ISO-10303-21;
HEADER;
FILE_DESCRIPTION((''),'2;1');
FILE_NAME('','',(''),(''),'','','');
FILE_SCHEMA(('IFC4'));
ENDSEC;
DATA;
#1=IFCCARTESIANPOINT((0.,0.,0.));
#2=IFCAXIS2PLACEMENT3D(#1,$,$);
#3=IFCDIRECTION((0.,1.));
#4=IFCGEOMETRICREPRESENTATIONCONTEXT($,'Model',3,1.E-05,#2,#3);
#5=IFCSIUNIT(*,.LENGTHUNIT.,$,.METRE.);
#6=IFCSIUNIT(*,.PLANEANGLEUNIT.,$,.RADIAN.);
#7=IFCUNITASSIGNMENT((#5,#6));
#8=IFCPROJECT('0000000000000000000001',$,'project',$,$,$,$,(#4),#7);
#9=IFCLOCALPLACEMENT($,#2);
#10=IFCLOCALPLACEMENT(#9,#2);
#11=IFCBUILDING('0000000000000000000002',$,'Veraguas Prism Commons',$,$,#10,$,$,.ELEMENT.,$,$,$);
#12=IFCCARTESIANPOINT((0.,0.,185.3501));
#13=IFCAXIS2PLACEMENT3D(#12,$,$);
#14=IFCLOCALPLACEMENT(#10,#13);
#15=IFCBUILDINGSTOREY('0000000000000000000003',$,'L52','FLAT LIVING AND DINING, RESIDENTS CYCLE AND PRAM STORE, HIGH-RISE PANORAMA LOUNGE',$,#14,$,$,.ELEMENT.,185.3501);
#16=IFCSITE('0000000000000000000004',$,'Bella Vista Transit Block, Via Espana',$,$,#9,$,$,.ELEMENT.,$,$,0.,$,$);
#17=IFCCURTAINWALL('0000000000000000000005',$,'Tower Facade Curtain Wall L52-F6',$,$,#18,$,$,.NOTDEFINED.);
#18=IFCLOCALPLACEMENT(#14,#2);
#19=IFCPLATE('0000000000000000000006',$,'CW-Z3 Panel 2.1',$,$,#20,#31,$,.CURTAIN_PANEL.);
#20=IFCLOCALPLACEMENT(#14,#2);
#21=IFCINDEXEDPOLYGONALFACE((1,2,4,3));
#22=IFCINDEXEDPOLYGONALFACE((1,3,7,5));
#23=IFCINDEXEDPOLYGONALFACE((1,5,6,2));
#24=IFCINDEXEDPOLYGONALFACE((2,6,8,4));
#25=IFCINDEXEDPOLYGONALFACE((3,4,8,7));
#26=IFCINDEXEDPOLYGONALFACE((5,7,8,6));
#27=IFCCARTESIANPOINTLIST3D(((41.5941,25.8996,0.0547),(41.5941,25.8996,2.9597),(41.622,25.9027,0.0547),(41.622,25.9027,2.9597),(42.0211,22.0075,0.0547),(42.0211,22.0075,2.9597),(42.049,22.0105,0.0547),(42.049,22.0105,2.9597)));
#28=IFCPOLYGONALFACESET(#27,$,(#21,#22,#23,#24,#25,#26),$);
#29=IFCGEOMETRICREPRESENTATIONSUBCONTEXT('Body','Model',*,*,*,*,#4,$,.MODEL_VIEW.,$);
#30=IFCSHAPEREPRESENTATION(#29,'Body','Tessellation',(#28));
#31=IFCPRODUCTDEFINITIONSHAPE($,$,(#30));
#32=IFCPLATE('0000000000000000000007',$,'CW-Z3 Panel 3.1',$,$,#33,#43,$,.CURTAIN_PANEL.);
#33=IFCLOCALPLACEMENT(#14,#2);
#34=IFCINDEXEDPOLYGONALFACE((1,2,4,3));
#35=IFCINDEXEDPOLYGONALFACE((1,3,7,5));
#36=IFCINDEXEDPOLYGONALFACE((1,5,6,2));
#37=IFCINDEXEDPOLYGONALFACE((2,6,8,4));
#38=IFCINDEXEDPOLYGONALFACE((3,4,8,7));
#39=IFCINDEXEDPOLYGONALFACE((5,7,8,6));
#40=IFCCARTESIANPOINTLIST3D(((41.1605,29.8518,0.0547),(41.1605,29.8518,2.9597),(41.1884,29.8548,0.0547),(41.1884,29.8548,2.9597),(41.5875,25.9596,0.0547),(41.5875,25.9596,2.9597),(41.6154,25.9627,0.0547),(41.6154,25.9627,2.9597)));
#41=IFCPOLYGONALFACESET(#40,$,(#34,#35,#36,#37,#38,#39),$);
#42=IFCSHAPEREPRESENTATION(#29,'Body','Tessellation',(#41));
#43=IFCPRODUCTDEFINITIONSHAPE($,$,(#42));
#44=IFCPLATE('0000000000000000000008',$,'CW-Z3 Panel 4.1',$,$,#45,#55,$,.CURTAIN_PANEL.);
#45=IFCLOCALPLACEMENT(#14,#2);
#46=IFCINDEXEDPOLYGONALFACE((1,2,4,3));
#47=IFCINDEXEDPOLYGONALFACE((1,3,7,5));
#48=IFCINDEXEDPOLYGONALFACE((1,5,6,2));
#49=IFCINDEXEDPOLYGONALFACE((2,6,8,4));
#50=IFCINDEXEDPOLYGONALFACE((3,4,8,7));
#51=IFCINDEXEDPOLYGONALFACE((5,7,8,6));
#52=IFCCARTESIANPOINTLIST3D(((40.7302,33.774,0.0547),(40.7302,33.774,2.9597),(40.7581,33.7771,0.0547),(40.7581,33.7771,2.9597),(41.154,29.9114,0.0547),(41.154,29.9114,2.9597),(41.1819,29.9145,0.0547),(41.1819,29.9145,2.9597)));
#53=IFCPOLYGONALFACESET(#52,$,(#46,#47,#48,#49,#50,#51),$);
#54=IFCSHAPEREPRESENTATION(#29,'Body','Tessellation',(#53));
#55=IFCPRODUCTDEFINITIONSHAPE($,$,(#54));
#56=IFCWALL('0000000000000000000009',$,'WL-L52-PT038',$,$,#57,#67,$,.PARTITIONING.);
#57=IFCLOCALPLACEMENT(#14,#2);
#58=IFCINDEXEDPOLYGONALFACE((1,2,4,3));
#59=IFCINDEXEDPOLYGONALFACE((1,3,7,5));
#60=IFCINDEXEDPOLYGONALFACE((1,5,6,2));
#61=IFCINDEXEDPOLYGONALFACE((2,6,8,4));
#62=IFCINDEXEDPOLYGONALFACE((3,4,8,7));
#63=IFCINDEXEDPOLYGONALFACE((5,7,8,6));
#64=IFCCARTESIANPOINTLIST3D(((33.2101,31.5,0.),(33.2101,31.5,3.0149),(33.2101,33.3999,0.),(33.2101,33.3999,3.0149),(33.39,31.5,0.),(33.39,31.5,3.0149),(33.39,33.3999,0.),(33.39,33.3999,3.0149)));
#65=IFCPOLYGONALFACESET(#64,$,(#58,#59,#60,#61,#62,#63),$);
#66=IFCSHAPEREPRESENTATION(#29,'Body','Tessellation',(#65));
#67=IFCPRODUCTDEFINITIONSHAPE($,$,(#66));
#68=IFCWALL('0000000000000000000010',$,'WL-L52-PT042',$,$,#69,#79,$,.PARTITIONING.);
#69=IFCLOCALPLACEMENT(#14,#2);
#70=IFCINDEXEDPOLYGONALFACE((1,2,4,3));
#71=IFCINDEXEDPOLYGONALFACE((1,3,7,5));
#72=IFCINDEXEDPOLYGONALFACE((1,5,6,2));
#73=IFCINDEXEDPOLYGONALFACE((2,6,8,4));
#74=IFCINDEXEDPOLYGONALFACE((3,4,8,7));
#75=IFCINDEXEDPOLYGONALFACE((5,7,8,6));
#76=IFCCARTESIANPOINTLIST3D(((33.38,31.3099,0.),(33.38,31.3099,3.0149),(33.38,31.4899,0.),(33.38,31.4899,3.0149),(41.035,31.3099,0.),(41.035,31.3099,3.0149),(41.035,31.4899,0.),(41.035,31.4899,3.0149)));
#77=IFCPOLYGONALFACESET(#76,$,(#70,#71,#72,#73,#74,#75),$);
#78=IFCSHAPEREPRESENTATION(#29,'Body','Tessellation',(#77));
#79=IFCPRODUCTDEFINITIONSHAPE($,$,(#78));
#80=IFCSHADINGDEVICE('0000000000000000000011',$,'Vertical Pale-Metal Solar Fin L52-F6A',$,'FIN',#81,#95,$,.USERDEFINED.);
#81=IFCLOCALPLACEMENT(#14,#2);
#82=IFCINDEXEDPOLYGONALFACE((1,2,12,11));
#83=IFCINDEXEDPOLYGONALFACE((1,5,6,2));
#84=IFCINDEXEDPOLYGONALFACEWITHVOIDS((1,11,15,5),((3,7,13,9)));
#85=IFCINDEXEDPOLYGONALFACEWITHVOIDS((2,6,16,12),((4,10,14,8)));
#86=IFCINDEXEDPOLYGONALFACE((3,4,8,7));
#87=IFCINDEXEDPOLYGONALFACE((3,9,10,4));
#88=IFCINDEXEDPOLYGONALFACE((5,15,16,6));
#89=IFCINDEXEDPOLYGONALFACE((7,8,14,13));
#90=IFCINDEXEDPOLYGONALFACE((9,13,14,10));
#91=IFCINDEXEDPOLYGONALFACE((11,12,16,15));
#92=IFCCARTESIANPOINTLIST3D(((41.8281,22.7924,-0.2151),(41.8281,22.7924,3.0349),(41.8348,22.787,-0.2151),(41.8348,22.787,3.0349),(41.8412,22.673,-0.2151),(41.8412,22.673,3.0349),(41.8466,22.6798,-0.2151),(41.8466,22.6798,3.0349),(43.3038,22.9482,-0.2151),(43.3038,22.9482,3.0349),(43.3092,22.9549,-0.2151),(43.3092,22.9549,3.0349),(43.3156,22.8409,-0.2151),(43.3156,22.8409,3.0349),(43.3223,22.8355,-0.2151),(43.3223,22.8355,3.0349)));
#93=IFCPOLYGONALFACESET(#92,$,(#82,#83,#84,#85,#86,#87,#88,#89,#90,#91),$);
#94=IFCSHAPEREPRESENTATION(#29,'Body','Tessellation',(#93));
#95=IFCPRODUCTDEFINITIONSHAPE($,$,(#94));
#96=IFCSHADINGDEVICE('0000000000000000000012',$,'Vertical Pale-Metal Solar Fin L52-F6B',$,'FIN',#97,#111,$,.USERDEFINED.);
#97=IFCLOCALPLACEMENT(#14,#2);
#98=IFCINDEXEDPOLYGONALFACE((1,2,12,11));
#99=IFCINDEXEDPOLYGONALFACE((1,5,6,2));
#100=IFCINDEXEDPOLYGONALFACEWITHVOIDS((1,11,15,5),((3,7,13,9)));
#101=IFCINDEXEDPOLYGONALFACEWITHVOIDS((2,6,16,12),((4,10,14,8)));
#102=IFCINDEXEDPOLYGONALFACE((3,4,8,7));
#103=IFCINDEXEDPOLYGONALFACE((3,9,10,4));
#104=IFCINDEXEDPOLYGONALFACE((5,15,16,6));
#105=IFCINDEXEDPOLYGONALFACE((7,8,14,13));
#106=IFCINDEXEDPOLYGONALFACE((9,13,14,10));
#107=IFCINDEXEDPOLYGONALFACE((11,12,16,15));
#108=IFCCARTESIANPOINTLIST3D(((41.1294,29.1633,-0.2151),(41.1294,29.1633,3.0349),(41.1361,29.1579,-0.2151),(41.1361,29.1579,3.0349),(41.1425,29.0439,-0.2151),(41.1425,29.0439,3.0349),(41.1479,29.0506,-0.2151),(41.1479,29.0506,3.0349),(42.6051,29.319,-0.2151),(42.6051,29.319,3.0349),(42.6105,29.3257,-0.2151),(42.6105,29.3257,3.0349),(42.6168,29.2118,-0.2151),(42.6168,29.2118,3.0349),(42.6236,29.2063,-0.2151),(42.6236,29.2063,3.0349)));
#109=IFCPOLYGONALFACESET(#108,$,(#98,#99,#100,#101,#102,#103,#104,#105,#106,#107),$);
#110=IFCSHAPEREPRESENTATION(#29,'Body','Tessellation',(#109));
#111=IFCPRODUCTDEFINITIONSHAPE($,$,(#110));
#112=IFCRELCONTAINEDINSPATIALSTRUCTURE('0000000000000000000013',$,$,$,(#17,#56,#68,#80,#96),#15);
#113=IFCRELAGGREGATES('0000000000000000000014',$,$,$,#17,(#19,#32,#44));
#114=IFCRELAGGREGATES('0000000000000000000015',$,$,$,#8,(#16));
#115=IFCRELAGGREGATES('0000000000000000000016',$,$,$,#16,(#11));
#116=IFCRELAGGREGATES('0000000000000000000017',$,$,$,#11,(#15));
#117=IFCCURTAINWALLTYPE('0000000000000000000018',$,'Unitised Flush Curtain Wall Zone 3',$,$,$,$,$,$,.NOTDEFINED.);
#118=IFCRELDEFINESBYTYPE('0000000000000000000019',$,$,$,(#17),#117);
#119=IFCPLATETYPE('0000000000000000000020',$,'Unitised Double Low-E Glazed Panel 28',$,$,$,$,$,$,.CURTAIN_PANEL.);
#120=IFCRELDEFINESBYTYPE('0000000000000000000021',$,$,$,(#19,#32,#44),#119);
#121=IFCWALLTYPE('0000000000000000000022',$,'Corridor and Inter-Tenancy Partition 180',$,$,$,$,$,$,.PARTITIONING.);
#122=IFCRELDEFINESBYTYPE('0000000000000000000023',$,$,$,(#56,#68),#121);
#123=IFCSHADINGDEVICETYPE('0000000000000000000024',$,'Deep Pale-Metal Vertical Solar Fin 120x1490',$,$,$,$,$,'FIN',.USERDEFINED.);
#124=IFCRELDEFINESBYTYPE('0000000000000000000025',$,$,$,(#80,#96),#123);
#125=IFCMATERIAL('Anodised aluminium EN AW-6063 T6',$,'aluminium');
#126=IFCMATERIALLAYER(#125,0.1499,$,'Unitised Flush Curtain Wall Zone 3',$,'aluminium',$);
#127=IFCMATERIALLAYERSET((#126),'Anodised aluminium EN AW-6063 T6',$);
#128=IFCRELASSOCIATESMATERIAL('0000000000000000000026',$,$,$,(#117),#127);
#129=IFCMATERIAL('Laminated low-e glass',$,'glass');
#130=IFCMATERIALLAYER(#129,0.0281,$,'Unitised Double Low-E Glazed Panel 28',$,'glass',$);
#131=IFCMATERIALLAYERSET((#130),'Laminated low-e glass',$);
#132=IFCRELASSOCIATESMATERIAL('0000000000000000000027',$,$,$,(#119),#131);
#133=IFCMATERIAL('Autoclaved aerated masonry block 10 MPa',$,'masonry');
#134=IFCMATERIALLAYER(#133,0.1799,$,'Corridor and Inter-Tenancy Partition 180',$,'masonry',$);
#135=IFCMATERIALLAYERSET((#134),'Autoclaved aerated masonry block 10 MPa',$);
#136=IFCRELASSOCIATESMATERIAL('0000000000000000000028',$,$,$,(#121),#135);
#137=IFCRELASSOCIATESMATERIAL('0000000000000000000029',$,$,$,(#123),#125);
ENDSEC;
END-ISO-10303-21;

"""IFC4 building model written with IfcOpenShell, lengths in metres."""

from ifc_helpers import new_model, si_unit, direction, frame, frame_2d, origin, origin_2d, place, context, subcontext, project, spatial, rectangle, hollow_rectangle, extrude, source, transform, mapped, material, layer, layer_set, material_profile, profile_set, type_object, element, aggregate, save


model = new_model("IFC4")

# Units and contexts
model_context = context("Model", 3, precision=1e-05, world=origin(), true_north=direction((0.0, 1.0)))
body_context = subcontext(model_context, "Body", "Model", "MODEL_VIEW")
ifc_project = project(units=[si_unit("LENGTHUNIT", "METRE"), si_unit("PLANEANGLEUNIT", "RADIAN")], contexts=[model_context])

# Site, building, storey
site_placement = place(None, origin())
site = spatial("IfcSite", under=ifc_project, at=site_placement, Name="Bella Vista Transit Block, Via Espana", CompositionType="ELEMENT", RefElevation=0.0)
building_placement = place(site_placement, origin())
building = spatial("IfcBuilding", under=site, at=building_placement, Name="Veraguas Prism Commons", CompositionType="ELEMENT")
storey_placement = place(building_placement, frame((0.0, 0.0, 185.3501)))
storey = spatial("IfcBuildingStorey", under=building, at=storey_placement, Name="L52", Description="FLAT LIVING AND DINING, RESIDENTS CYCLE AND PRAM STORE, HIGH-RISE PANORAMA LOUNGE", CompositionType="ELEMENT", Elevation=185.3501)

# Curtain wall, plates
ifc_material_1 = material(Name="Anodised aluminium EN AW-6063 T6", Category="aluminium")
ifc_layer_1 = layer(ifc_material_1, 0.1499, Name="Unitised Flush Curtain Wall Zone 3", Category="aluminium")
ifc_layer_set_1 = layer_set([ifc_layer_1], Name="Anodised aluminium EN AW-6063 T6")
curtain_wall_type = type_object("IfcCurtainWallType", Name="Unitised Flush Curtain Wall Zone 3", PredefinedType="NOTDEFINED", material=ifc_layer_set_1)
curtain_wall_placement = place(storey_placement, origin())
curtain_wall = element("IfcCurtainWall", 1, at=curtain_wall_placement, inside=storey, type_object=curtain_wall_type, Name="Tower Facade Curtain Wall L52-F6", PredefinedType="NOTDEFINED")
ifc_material_2 = material(Name="Laminated low-e glass", Category="glass")
ifc_layer_2 = layer(ifc_material_2, 0.0281, Name="Unitised Double Low-E Glazed Panel 28", Category="glass")
ifc_layer_set_2 = layer_set([ifc_layer_2], Name="Laminated low-e glass")
plate_type = type_object("IfcPlateType", Name="Unitised Double Low-E Glazed Panel 28", PredefinedType="CURTAIN_PANEL", material=ifc_layer_set_2)
shared_shape_1 = source(origin(), body_context, "Body", "SweptSolid", [
    extrude(rectangle(XDim=3.9155, YDim=0.0281, at=origin_2d()), origin(), (0.0, 0.0, 1.0), 2.905),
])
plate_1_placement = place(storey_placement, frame((41.8215, 23.9551, 0.0547), z_axis=(0.0, 0.0, 1.0), x_axis=(-0.109046, 0.994037, 0.0)))
plate_1 = element("IfcPlate", 2, at=plate_1_placement, type_object=plate_type, Name="CW-Z3 Panel 2.1", PredefinedType="CURTAIN_PANEL", context=body_context, shape_type="MappedRepresentation", body=[
    mapped(shared_shape_1, transform((0.0, 0.0, 0.0), scale=1.0)),
])
plate_2_placement = place(storey_placement, frame((41.3879, 27.9072, 0.0547), z_axis=(0.0, 0.0, 1.0), x_axis=(-0.109046, 0.994037, 0.0)))
plate_2 = element("IfcPlate", 3, at=plate_2_placement, type_object=plate_type, Name="CW-Z3 Panel 3.1", PredefinedType="CURTAIN_PANEL", context=body_context, shape_type="MappedRepresentation", body=[
    mapped(shared_shape_1, transform((0.0, 0.0, 0.0), scale=1.0)),
])
shared_shape_2 = source(origin(), body_context, "Body", "SweptSolid", [
    extrude(rectangle(XDim=3.8857, YDim=0.0281, at=origin_2d()), origin(), (0.0, 0.0, 1.0), 2.905),
])
plate_3_placement = place(storey_placement, frame((40.9561, 31.8442, 0.0547), z_axis=(0.0, 0.0, 1.0), x_axis=(-0.109046, 0.994037, 0.0)))
plate_3 = element("IfcPlate", 4, at=plate_3_placement, type_object=plate_type, Name="CW-Z3 Panel 4.1", PredefinedType="CURTAIN_PANEL", context=body_context, shape_type="MappedRepresentation", body=[
    mapped(shared_shape_2, transform((0.0, 0.0, 0.0), scale=1.0)),
])
aggregate(curtain_wall, [plate_1, plate_2, plate_3])

# Walls
ifc_material_3 = material(Name="Autoclaved aerated masonry block 10 MPa", Category="masonry")
ifc_layer_3 = layer(ifc_material_3, 0.1799, Name="Corridor and Inter-Tenancy Partition 180", Category="masonry")
ifc_layer_set_3 = layer_set([ifc_layer_3], Name="Autoclaved aerated masonry block 10 MPa")
wall_type = type_object("IfcWallType", Name="Corridor and Inter-Tenancy Partition 180", PredefinedType="PARTITIONING", material=ifc_layer_set_3)
wall_1_placement = place(storey_placement, frame((33.3, 31.5, 0.0), z_axis=(0.0, 0.0, 1.0), x_axis=(0.0, 1.0, 0.0)))
element("IfcWall", 5, at=wall_1_placement, inside=storey, type_object=wall_type, Name="WL-L52-PT038", PredefinedType="PARTITIONING", context=body_context, shape_type="SweptSolid", body=[
    extrude(rectangle(XDim=1.8999, YDim=0.1799, at=frame_2d((0.95, 0.0))), origin(), (0.0, 0.0, 1.0), 3.0149),
])
wall_2_placement = place(storey_placement, frame((33.3799, 31.3999, 0.0), z_axis=(0.0, 0.0, 1.0), x_axis=(1.0, 0.0, 0.0)))
element("IfcWall", 6, at=wall_2_placement, inside=storey, type_object=wall_type, Name="WL-L52-PT042", PredefinedType="PARTITIONING", context=body_context, shape_type="SweptSolid", body=[
    extrude(rectangle(XDim=7.655, YDim=0.1799, at=frame_2d((3.8276, 0.0))), origin(), (0.0, 0.0, 1.0), 3.0149),
])

# Shading devices
ifc_material_profile_1 = material_profile(ifc_material_1, hollow_rectangle(XDim=0.1201, YDim=1.49, WallThickness=0.0061, at=origin_2d()), Name="FIN120X1490X6")
ifc_profile_set_1 = profile_set([ifc_material_profile_1], Name="Anodised aluminium EN AW-6063 T6")
shading_device_type = type_object("IfcShadingDeviceType", Name="Deep Pale-Metal Vertical Solar Fin 120x1490", ElementType="FIN", PredefinedType="USERDEFINED", material=ifc_profile_set_1)
for number, where, z_axis, x_axis, name in (
    (7, (42.5752, 22.814, -0.2151), (0.0, 0.0, 1.0), (-0.10904, 0.994037, 0.0), "Vertical Pale-Metal Solar Fin L52-F6A"),
    (8, (41.8765, 29.1848, -0.2151), (0.0, 0.0, 1.0), (-0.10904, 0.994037, 0.0), "Vertical Pale-Metal Solar Fin L52-F6B"),
):
    element("IfcShadingDevice", number, at=place(storey_placement, frame(where, z_axis=z_axis, x_axis=x_axis)), inside=storey, type_object=shading_device_type, Name=name, ObjectType="FIN", PredefinedType="USERDEFINED", context=body_context, shape_type="SweptSolid", body=[
        extrude(hollow_rectangle(XDim=0.1201, YDim=1.49, WallThickness=0.0061, at=origin_2d()), origin(), (0.0, 0.0, 1.0), 3.25),
    ])

save(model, "model.ifc")
